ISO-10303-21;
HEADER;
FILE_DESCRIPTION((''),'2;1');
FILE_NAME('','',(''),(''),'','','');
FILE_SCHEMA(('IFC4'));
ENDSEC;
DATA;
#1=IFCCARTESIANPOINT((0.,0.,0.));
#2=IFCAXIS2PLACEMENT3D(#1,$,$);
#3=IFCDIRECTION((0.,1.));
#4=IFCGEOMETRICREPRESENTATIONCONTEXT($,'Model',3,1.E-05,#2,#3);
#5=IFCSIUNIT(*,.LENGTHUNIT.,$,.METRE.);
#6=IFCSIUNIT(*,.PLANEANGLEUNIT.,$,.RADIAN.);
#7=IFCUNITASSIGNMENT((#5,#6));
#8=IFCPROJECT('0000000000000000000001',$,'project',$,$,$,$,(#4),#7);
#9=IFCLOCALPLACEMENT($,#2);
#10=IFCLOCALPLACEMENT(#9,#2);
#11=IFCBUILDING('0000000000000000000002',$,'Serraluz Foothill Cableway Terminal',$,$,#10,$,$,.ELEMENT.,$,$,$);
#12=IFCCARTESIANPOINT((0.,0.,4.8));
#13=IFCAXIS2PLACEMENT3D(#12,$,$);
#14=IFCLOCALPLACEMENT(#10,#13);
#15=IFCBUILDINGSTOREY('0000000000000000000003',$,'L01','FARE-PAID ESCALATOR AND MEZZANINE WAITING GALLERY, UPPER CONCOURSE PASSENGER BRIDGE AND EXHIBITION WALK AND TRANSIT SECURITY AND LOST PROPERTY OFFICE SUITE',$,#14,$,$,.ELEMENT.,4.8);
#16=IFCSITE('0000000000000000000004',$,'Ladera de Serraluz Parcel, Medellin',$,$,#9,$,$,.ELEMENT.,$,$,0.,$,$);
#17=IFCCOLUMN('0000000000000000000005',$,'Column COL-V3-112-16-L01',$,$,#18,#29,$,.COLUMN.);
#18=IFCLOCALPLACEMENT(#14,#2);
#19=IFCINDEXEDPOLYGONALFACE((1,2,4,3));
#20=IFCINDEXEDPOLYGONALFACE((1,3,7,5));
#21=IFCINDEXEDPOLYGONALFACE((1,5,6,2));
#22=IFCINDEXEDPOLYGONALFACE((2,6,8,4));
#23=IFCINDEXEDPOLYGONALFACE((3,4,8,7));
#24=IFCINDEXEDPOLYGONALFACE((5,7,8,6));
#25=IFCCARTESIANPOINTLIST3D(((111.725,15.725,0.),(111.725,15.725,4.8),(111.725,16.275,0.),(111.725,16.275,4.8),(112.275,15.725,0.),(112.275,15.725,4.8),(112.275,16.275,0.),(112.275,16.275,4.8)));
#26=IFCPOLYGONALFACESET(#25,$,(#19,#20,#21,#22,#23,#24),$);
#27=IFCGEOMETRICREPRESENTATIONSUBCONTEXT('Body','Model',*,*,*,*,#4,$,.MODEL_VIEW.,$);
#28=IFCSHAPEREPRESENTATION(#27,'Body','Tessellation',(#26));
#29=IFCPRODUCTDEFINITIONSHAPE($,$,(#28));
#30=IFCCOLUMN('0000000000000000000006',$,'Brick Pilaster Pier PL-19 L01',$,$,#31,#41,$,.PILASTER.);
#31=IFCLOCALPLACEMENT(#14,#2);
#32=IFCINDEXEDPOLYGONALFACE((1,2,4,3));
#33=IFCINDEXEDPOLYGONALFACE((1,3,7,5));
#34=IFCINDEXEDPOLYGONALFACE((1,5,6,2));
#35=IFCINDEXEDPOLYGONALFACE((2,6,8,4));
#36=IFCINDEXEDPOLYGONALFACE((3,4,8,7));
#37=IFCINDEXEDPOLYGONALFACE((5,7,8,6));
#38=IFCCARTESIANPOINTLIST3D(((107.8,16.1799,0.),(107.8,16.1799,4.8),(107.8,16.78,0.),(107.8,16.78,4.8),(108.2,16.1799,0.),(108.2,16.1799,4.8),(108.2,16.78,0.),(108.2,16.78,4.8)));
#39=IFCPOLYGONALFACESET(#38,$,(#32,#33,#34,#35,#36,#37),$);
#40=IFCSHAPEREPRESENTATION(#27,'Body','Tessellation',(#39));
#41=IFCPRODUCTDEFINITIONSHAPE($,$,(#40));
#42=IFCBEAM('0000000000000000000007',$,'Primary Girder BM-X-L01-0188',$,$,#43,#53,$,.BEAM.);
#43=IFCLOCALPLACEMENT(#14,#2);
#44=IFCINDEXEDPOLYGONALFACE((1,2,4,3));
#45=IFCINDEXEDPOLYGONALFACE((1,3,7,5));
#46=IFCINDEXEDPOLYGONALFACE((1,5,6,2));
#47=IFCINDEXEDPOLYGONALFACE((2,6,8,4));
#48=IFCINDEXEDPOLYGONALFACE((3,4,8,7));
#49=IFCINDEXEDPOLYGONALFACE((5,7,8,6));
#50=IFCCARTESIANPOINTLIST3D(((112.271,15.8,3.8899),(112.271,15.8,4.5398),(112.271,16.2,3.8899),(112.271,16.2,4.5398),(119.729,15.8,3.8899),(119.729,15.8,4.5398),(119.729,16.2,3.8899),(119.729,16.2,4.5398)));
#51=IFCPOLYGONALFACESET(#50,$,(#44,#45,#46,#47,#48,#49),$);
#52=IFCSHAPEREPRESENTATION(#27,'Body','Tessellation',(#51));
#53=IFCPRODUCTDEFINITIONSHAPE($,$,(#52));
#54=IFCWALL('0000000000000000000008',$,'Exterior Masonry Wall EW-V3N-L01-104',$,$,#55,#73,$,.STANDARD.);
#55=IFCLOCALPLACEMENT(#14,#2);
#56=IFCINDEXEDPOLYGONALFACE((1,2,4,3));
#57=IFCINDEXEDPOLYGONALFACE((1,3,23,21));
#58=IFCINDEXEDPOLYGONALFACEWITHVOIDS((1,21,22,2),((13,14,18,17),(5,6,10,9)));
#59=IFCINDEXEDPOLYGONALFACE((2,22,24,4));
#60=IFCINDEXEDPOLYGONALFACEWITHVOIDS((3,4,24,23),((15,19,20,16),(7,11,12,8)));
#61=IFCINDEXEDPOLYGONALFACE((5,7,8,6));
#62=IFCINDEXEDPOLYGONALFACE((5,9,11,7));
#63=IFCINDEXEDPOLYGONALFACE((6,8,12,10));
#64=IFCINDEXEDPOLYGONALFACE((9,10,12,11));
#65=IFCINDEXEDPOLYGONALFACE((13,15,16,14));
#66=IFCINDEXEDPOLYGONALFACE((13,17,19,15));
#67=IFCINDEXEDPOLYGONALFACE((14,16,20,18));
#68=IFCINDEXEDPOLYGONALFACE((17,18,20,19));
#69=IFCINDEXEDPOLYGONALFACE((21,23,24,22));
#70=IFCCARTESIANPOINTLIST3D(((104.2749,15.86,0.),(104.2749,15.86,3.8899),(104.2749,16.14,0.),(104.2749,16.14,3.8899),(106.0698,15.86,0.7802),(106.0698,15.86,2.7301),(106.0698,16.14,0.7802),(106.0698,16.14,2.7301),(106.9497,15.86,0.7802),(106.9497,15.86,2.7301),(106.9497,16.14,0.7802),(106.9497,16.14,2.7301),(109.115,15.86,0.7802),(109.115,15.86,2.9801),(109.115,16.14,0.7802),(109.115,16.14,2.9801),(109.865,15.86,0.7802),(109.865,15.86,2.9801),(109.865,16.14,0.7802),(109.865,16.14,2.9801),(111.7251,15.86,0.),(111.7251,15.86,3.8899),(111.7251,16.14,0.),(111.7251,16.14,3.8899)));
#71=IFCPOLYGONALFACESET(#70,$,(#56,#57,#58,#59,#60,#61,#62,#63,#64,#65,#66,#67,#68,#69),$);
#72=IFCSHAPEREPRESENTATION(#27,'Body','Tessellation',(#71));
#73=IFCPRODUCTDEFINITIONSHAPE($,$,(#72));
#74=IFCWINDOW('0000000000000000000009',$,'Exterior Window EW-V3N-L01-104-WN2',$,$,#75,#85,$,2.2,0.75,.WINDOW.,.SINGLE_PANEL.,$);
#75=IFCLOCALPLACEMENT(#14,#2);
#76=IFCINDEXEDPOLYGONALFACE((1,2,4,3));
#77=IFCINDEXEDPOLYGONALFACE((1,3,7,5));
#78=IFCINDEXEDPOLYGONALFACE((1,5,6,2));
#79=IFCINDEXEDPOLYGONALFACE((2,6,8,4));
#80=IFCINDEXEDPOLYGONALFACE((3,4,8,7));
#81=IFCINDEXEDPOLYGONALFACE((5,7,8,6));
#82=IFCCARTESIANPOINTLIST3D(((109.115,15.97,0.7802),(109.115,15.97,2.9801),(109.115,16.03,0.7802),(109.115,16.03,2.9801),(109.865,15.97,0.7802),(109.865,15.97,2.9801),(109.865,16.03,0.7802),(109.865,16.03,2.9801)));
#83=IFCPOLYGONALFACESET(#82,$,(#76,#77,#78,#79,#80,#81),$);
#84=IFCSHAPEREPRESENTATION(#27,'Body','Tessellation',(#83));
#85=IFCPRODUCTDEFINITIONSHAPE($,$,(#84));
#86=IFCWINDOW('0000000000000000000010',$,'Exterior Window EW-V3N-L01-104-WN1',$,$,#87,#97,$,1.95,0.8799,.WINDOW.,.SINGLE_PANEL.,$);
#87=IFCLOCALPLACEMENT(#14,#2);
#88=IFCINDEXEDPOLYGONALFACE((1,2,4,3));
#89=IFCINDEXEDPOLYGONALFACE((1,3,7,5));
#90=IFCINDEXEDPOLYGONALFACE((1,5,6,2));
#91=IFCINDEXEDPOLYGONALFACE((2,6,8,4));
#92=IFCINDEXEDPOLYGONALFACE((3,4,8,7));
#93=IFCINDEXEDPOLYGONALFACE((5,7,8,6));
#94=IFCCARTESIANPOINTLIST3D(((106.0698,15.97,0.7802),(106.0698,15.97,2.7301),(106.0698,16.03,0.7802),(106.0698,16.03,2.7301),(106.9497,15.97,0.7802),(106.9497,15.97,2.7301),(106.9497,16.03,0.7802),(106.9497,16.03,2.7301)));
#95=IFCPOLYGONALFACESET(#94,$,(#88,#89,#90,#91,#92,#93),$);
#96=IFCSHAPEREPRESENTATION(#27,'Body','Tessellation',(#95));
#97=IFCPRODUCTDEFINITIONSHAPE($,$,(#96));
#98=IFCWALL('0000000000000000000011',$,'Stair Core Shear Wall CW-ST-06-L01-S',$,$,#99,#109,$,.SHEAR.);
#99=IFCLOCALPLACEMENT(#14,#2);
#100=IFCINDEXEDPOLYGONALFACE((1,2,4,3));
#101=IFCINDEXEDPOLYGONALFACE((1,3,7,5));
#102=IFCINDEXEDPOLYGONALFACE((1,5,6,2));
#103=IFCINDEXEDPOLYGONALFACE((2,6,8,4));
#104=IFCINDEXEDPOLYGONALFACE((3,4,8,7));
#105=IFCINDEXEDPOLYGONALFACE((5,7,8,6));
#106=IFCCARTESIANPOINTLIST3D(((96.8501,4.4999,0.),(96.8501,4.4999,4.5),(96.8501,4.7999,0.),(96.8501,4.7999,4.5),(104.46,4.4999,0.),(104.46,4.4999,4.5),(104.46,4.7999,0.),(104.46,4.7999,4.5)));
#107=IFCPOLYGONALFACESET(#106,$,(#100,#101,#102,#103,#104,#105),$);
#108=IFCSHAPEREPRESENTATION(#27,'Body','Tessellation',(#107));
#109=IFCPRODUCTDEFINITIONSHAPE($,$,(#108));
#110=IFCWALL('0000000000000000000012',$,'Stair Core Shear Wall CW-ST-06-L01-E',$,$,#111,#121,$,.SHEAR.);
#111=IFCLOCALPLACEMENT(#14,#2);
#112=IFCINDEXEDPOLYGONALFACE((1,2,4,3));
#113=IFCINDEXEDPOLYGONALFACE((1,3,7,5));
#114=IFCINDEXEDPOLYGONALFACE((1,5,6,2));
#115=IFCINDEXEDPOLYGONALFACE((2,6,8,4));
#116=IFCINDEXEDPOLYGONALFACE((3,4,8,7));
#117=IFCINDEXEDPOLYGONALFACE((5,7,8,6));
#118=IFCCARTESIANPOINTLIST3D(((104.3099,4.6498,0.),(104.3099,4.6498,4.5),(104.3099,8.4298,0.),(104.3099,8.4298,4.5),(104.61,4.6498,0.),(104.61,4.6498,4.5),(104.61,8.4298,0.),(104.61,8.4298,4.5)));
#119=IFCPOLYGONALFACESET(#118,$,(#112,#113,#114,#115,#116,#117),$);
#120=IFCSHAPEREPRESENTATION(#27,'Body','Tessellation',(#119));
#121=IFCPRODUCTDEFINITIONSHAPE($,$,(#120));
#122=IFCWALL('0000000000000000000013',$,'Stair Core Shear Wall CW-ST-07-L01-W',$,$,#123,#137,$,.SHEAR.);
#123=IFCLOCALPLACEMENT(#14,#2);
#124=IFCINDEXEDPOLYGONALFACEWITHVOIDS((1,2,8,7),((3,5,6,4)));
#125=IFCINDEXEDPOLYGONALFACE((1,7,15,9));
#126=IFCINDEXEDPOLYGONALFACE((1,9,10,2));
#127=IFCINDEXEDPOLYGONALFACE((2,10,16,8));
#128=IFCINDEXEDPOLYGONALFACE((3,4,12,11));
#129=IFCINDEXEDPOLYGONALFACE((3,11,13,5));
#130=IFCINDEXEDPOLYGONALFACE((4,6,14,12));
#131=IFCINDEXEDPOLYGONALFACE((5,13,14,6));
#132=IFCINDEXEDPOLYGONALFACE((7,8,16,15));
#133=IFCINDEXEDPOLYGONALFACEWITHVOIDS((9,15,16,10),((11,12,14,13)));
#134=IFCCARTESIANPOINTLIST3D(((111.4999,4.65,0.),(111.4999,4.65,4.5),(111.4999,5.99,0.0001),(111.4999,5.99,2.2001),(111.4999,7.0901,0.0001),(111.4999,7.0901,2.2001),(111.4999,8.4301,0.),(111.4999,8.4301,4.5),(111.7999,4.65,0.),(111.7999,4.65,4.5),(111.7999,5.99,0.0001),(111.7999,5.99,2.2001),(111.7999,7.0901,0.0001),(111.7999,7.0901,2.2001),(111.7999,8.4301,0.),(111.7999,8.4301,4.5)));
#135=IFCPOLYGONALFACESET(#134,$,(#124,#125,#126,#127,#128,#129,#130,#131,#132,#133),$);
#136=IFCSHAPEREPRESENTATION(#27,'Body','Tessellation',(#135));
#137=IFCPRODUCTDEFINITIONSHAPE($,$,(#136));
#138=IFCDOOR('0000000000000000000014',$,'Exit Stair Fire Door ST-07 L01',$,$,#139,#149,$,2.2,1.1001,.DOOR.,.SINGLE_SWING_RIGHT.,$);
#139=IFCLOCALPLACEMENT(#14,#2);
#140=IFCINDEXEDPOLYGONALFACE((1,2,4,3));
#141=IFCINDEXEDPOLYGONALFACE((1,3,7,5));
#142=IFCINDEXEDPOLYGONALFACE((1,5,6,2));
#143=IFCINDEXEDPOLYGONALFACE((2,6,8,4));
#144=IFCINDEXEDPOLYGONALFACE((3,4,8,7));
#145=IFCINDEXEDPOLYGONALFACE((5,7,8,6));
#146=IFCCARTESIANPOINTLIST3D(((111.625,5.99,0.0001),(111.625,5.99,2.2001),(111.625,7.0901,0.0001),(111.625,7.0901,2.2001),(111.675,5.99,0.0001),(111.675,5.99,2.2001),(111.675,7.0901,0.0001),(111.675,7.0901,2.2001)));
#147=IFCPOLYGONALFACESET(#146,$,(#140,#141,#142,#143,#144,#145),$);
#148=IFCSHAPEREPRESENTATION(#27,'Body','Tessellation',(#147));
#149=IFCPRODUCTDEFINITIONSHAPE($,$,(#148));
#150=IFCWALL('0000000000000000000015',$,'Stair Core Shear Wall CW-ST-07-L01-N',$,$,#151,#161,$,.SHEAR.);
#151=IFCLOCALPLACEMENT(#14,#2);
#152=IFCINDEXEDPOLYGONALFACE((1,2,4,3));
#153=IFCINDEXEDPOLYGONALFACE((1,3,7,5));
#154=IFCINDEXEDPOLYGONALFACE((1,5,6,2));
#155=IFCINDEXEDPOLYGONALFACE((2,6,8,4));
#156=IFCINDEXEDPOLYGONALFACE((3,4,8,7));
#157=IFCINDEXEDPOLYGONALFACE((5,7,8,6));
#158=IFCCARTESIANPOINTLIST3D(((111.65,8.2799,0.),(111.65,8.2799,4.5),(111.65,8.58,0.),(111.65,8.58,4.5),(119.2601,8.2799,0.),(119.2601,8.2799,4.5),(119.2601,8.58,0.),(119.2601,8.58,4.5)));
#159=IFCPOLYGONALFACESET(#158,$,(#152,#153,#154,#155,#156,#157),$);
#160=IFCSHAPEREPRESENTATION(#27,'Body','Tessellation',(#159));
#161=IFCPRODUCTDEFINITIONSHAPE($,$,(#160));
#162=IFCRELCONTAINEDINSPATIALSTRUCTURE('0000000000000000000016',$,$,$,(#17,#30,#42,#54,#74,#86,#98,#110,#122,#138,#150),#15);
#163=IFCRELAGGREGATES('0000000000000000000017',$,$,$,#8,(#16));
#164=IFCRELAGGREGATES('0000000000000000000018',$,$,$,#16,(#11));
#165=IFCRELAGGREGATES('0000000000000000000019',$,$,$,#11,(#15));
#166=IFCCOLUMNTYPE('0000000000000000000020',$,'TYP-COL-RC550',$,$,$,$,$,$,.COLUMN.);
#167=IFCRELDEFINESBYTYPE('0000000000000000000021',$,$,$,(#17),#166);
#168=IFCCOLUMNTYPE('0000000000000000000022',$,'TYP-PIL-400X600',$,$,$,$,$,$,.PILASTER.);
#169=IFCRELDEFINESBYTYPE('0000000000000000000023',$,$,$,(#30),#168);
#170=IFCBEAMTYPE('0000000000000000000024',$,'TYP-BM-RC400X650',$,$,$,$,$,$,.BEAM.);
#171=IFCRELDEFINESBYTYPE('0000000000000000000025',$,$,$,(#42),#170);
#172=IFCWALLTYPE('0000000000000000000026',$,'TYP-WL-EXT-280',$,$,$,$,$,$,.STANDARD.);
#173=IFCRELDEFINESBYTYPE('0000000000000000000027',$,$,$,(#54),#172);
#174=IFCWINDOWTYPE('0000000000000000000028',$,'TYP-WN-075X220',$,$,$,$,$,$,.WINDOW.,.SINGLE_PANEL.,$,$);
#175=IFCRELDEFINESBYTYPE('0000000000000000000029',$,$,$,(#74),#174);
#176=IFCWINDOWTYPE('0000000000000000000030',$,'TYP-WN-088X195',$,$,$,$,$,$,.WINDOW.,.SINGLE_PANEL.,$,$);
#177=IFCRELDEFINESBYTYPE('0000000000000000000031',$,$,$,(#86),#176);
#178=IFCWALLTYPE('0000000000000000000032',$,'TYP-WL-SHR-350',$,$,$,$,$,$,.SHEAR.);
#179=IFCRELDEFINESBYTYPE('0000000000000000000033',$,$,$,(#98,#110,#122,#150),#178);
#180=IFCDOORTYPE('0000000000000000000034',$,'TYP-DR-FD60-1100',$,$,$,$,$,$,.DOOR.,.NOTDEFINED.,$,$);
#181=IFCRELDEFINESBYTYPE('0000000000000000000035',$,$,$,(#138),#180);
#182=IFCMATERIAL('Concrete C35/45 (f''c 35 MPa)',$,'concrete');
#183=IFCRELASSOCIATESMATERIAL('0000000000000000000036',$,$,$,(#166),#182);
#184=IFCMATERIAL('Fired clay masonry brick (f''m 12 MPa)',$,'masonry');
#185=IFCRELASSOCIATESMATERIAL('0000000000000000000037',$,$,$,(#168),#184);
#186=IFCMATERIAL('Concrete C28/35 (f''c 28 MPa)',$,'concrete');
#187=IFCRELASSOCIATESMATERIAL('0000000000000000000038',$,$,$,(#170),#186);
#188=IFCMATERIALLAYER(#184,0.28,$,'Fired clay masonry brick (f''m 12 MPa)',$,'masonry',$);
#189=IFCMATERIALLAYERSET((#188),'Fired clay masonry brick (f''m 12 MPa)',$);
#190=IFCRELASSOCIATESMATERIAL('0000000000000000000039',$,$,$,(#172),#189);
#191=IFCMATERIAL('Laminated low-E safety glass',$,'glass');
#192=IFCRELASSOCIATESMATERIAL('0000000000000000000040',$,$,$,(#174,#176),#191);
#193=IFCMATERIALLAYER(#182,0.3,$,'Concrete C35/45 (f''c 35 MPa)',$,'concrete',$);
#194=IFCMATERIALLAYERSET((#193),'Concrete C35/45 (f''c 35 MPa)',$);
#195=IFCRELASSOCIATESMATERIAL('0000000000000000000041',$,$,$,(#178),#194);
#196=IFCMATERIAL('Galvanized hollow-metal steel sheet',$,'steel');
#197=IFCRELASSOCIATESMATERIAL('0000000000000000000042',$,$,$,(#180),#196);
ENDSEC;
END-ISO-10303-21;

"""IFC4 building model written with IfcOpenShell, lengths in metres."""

from ifc_helpers import new_model, si_unit, direction, frame, frame_2d, origin, origin_2d, place, context, subcontext, project, spatial, rectangle, extrude, material, layer, layer_set, material_profile, profile_set, type_object, element, fill, save


model = new_model("IFC4")

# Units and contexts
model_context = context("Model", 3, precision=1e-05, world=origin(), true_north=direction((0.0, 1.0)))
body_context = subcontext(model_context, "Body", "Model", "MODEL_VIEW")
ifc_project = project(units=[si_unit("LENGTHUNIT", "METRE"), si_unit("PLANEANGLEUNIT", "RADIAN")], contexts=[model_context])

# Site, building, storey
site_placement = place(None, origin())
site = spatial("IfcSite", under=ifc_project, at=site_placement, Name="Ladera de Serraluz Parcel, Medellin", CompositionType="ELEMENT", RefElevation=0.0)
building_placement = place(site_placement, origin())
building = spatial("IfcBuilding", under=site, at=building_placement, Name="Serraluz Foothill Cableway Terminal", CompositionType="ELEMENT")
storey_placement = place(building_placement, frame((0.0, 0.0, 4.8)))
storey = spatial("IfcBuildingStorey", under=building, at=storey_placement, Name="L01", Description="FARE-PAID ESCALATOR AND MEZZANINE WAITING GALLERY, UPPER CONCOURSE PASSENGER BRIDGE AND EXHIBITION WALK AND TRANSIT SECURITY AND LOST PROPERTY OFFICE SUITE", CompositionType="ELEMENT", Elevation=4.8)

# Columns
ifc_material_1 = material(Name="Concrete C35/45 (f'c 35 MPa)", Category="concrete")
ifc_material_profile_1 = material_profile(ifc_material_1, rectangle(XDim=0.55, YDim=0.55, at=origin_2d()), Name="RC 550x550")
ifc_profile_set_1 = profile_set([ifc_material_profile_1], Name="Concrete C35/45 (f'c 35 MPa)")
column_type_1 = type_object("IfcColumnType", Name="TYP-COL-RC550", PredefinedType="COLUMN", material=ifc_profile_set_1)
column_1_placement = place(storey_placement, frame((112.0, 16.0, 0.0), z_axis=(0.0, 0.0, 1.0), x_axis=(1.0, 0.0, 0.0)))
element("IfcColumn", 1, at=column_1_placement, inside=storey, type_object=column_type_1, Name="Column COL-V3-112-16-L01", PredefinedType="COLUMN", context=body_context, shape_type="SweptSolid", body=[
    extrude(rectangle(XDim=0.55, YDim=0.55, at=origin_2d()), origin(), (0.0, 0.0, 1.0), 4.8),
])
ifc_material_2 = material(Name="Fired clay masonry brick (f'm 12 MPa)", Category="masonry")
ifc_material_profile_2 = material_profile(ifc_material_2, rectangle(XDim=0.3999, YDim=0.6001, at=origin_2d()), Name="PIL 400x600")
ifc_profile_set_2 = profile_set([ifc_material_profile_2], Name="Fired clay masonry brick (f'm 12 MPa)")
column_type_2 = type_object("IfcColumnType", Name="TYP-PIL-400X600", PredefinedType="PILASTER", material=ifc_profile_set_2)
column_2_placement = place(storey_placement, frame((108.0, 16.48, 0.0), z_axis=(0.0, 0.0, 1.0), x_axis=(1.0, 0.0, 0.0)))
element("IfcColumn", 2, at=column_2_placement, inside=storey, type_object=column_type_2, Name="Brick Pilaster Pier PL-19 L01", PredefinedType="PILASTER", context=body_context, shape_type="SweptSolid", body=[
    extrude(rectangle(XDim=0.3999, YDim=0.6001, at=origin_2d()), origin(), (0.0, 0.0, 1.0), 4.8),
])

# Beam
ifc_material_3 = material(Name="Concrete C28/35 (f'c 28 MPa)", Category="concrete")
ifc_material_profile_3 = material_profile(ifc_material_3, rectangle(XDim=0.3999, YDim=0.6499, at=origin_2d()), Name="RC 400x650")
ifc_profile_set_3 = profile_set([ifc_material_profile_3], Name="Concrete C28/35 (f'c 28 MPa)")
beam_type = type_object("IfcBeamType", Name="TYP-BM-RC400X650", PredefinedType="BEAM", material=ifc_profile_set_3)
beam_placement = place(storey_placement, frame((112.271, 16.0, 4.2148), z_axis=(1.0, 0.0, 0.0), x_axis=(0.0, 1.0, 0.0)))
element("IfcBeam", 3, at=beam_placement, inside=storey, type_object=beam_type, Name="Primary Girder BM-X-L01-0188", PredefinedType="BEAM", context=body_context, shape_type="SweptSolid", body=[
    extrude(rectangle(XDim=0.3999, YDim=0.6499, at=origin_2d()), origin(), (0.0, 0.0, 1.0), 7.458),
])

# Wall, openings, windows
ifc_layer_1 = layer(ifc_material_2, 0.28, Name="Fired clay masonry brick (f'm 12 MPa)", Category="masonry")
ifc_layer_set_1 = layer_set([ifc_layer_1], Name="Fired clay masonry brick (f'm 12 MPa)")
wall_type_1 = type_object("IfcWallType", Name="TYP-WL-EXT-280", PredefinedType="STANDARD", material=ifc_layer_set_1)
wall_1_placement = place(storey_placement, frame((104.2749, 16.0, 0.0), z_axis=(0.0, 0.0, 1.0), x_axis=(1.0, 0.0, 0.0)))
wall_1 = element("IfcWall", 4, at=wall_1_placement, inside=storey, type_object=wall_type_1, Name="Exterior Masonry Wall EW-V3N-L01-104", PredefinedType="STANDARD", context=body_context, shape_type="SweptSolid", body=[
    extrude(rectangle(XDim=7.4502, YDim=0.28, at=frame_2d((3.7251, 0.0))), origin(), (0.0, 0.0, 1.0), 3.8899),
])
opening_1_placement = place(wall_1_placement, frame((1.7949, 0.0, 0.78)))
opening_1 = element("IfcOpeningElement", 5, at=opening_1_placement, cuts=wall_1, PredefinedType="OPENING", context=body_context, shape_type="SweptSolid", body=[
    extrude(rectangle(XDim=0.8799, YDim=1.95, at=frame_2d((0.4399, 0.9751))), frame((0.0, 0.1499, 0.0), z_axis=(0.0, -1.0, 0.0), x_axis=(1.0, 0.0, 0.0)), (0.0, 0.0, 1.0), 0.3),
])
opening_2_placement = place(wall_1_placement, frame((4.8401, 0.0, 0.78)))
opening_2 = element("IfcOpeningElement", 6, at=opening_2_placement, cuts=wall_1, PredefinedType="OPENING", context=body_context, shape_type="SweptSolid", body=[
    extrude(rectangle(XDim=0.75, YDim=2.2, at=frame_2d((0.375, 1.1001))), frame((0.0, 0.1499, 0.0), z_axis=(0.0, -1.0, 0.0), x_axis=(1.0, 0.0, 0.0)), (0.0, 0.0, 1.0), 0.3),
])
ifc_material_4 = material(Name="Laminated low-E safety glass", Category="glass")
window_type_1 = type_object("IfcWindowType", Name="TYP-WN-075X220", PartitioningType="SINGLE_PANEL", PredefinedType="WINDOW", material=ifc_material_4)
window_1_placement = place(opening_2_placement, origin())
window_1 = element("IfcWindow", 7, at=window_1_placement, inside=storey, type_object=window_type_1, Name="Exterior Window EW-V3N-L01-104-WN2", OverallHeight=2.2, OverallWidth=0.75, PartitioningType="SINGLE_PANEL", PredefinedType="WINDOW", context=body_context, shape_type="SweptSolid", body=[
    extrude(rectangle(XDim=0.75, YDim=2.2, at=frame_2d((0.375, 1.1001))), frame((0.0, 0.03, 0.0), z_axis=(0.0, -1.0, 0.0), x_axis=(1.0, 0.0, 0.0)), (0.0, 0.0, 1.0), 0.0601),
])
fill(opening_2, window_1)
window_type_2 = type_object("IfcWindowType", Name="TYP-WN-088X195", PartitioningType="SINGLE_PANEL", PredefinedType="WINDOW", material=ifc_material_4)
window_2_placement = place(opening_1_placement, origin())
window_2 = element("IfcWindow", 8, at=window_2_placement, inside=storey, type_object=window_type_2, Name="Exterior Window EW-V3N-L01-104-WN1", OverallHeight=1.95, OverallWidth=0.8799, PartitioningType="SINGLE_PANEL", PredefinedType="WINDOW", context=body_context, shape_type="SweptSolid", body=[
    extrude(rectangle(XDim=0.8799, YDim=1.95, at=frame_2d((0.4399, 0.9751))), frame((0.0, 0.03, 0.0), z_axis=(0.0, -1.0, 0.0), x_axis=(1.0, 0.0, 0.0)), (0.0, 0.0, 1.0), 0.0601),
])
fill(opening_1, window_2)

# Walls
ifc_layer_2 = layer(ifc_material_1, 0.3, Name="Concrete C35/45 (f'c 35 MPa)", Category="concrete")
ifc_layer_set_2 = layer_set([ifc_layer_2], Name="Concrete C35/45 (f'c 35 MPa)")
wall_type_2 = type_object("IfcWallType", Name="TYP-WL-SHR-350", PredefinedType="SHEAR", material=ifc_layer_set_2)
wall_2_placement = place(storey_placement, frame((104.46, 4.6499, 0.0), z_axis=(0.0, 0.0, 1.0), x_axis=(-1.0, 0.0, 0.0)))
element("IfcWall", 9, at=wall_2_placement, inside=storey, type_object=wall_type_2, Name="Stair Core Shear Wall CW-ST-06-L01-S", PredefinedType="SHEAR", context=body_context, shape_type="SweptSolid", body=[
    extrude(rectangle(XDim=7.6099, YDim=0.3, at=frame_2d((3.8049, 0.0))), origin(), (0.0, 0.0, 1.0), 4.5),
])
wall_3_placement = place(storey_placement, frame((104.46, 8.4299, 0.0), z_axis=(0.0, 0.0, 1.0), x_axis=(0.0, -1.0, 0.0)))
element("IfcWall", 10, at=wall_3_placement, inside=storey, type_object=wall_type_2, Name="Stair Core Shear Wall CW-ST-06-L01-E", PredefinedType="SHEAR", context=body_context, shape_type="SweptSolid", body=[
    extrude(rectangle(XDim=3.78, YDim=0.3, at=frame_2d((1.8901, 0.0))), origin(), (0.0, 0.0, 1.0), 4.5),
])

# Wall, opening, door
wall_4_placement = place(storey_placement, frame((111.6499, 4.6499, 0.0), z_axis=(0.0, 0.0, 1.0), x_axis=(0.0, 1.0, 0.0)))
wall_4 = element("IfcWall", 11, at=wall_4_placement, inside=storey, type_object=wall_type_2, Name="Stair Core Shear Wall CW-ST-07-L01-W", PredefinedType="SHEAR", context=body_context, shape_type="SweptSolid", body=[
    extrude(rectangle(XDim=3.78, YDim=0.3, at=frame_2d((1.8901, 0.0))), origin(), (0.0, 0.0, 1.0), 4.5),
])
opening_3_placement = place(wall_4_placement, frame((1.3401, 0.0, 0.0)))
opening_3 = element("IfcOpeningElement", 12, at=opening_3_placement, cuts=wall_4, PredefinedType="OPENING", context=body_context, shape_type="SweptSolid", body=[
    extrude(rectangle(XDim=1.1001, YDim=2.2, at=frame_2d((0.55, 1.1001))), frame((0.0, 0.1602, 0.0), z_axis=(0.0, -1.0, 0.0), x_axis=(1.0, 0.0, 0.0)), (0.0, 0.0, 1.0), 0.3201),
])
ifc_material_5 = material(Name="Galvanized hollow-metal steel sheet", Category="steel")
door_type_1 = type_object("IfcDoorType", Name="TYP-DR-FD60-1100", OperationType="NOTDEFINED", PredefinedType="DOOR", material=ifc_material_5)
door_1_placement = place(opening_3_placement, origin())
door_1 = element("IfcDoor", 13, at=door_1_placement, inside=storey, type_object=door_type_1, Name="Exit Stair Fire Door ST-07 L01", OperationType="SINGLE_SWING_RIGHT", OverallHeight=2.2, OverallWidth=1.1001, PredefinedType="DOOR", context=body_context, shape_type="SweptSolid", body=[
    extrude(rectangle(XDim=1.1001, YDim=2.2, at=frame_2d((0.55, 1.1001))), frame((0.0, 0.0249, 0.0), z_axis=(0.0, -1.0, 0.0), x_axis=(1.0, 0.0, 0.0)), (0.0, 0.0, 1.0), 0.05),
])
fill(opening_3, door_1)

# Wall
wall_5_placement = place(storey_placement, frame((111.6499, 8.4299, 0.0), z_axis=(0.0, 0.0, 1.0), x_axis=(1.0, 0.0, 0.0)))
element("IfcWall", 14, at=wall_5_placement, inside=storey, type_object=wall_type_2, Name="Stair Core Shear Wall CW-ST-07-L01-N", PredefinedType="SHEAR", context=body_context, shape_type="SweptSolid", body=[
    extrude(rectangle(XDim=7.6101, YDim=0.3, at=frame_2d((3.8052, 0.0))), origin(), (0.0, 0.0, 1.0), 4.5),
])

save(model, "model.ifc")
